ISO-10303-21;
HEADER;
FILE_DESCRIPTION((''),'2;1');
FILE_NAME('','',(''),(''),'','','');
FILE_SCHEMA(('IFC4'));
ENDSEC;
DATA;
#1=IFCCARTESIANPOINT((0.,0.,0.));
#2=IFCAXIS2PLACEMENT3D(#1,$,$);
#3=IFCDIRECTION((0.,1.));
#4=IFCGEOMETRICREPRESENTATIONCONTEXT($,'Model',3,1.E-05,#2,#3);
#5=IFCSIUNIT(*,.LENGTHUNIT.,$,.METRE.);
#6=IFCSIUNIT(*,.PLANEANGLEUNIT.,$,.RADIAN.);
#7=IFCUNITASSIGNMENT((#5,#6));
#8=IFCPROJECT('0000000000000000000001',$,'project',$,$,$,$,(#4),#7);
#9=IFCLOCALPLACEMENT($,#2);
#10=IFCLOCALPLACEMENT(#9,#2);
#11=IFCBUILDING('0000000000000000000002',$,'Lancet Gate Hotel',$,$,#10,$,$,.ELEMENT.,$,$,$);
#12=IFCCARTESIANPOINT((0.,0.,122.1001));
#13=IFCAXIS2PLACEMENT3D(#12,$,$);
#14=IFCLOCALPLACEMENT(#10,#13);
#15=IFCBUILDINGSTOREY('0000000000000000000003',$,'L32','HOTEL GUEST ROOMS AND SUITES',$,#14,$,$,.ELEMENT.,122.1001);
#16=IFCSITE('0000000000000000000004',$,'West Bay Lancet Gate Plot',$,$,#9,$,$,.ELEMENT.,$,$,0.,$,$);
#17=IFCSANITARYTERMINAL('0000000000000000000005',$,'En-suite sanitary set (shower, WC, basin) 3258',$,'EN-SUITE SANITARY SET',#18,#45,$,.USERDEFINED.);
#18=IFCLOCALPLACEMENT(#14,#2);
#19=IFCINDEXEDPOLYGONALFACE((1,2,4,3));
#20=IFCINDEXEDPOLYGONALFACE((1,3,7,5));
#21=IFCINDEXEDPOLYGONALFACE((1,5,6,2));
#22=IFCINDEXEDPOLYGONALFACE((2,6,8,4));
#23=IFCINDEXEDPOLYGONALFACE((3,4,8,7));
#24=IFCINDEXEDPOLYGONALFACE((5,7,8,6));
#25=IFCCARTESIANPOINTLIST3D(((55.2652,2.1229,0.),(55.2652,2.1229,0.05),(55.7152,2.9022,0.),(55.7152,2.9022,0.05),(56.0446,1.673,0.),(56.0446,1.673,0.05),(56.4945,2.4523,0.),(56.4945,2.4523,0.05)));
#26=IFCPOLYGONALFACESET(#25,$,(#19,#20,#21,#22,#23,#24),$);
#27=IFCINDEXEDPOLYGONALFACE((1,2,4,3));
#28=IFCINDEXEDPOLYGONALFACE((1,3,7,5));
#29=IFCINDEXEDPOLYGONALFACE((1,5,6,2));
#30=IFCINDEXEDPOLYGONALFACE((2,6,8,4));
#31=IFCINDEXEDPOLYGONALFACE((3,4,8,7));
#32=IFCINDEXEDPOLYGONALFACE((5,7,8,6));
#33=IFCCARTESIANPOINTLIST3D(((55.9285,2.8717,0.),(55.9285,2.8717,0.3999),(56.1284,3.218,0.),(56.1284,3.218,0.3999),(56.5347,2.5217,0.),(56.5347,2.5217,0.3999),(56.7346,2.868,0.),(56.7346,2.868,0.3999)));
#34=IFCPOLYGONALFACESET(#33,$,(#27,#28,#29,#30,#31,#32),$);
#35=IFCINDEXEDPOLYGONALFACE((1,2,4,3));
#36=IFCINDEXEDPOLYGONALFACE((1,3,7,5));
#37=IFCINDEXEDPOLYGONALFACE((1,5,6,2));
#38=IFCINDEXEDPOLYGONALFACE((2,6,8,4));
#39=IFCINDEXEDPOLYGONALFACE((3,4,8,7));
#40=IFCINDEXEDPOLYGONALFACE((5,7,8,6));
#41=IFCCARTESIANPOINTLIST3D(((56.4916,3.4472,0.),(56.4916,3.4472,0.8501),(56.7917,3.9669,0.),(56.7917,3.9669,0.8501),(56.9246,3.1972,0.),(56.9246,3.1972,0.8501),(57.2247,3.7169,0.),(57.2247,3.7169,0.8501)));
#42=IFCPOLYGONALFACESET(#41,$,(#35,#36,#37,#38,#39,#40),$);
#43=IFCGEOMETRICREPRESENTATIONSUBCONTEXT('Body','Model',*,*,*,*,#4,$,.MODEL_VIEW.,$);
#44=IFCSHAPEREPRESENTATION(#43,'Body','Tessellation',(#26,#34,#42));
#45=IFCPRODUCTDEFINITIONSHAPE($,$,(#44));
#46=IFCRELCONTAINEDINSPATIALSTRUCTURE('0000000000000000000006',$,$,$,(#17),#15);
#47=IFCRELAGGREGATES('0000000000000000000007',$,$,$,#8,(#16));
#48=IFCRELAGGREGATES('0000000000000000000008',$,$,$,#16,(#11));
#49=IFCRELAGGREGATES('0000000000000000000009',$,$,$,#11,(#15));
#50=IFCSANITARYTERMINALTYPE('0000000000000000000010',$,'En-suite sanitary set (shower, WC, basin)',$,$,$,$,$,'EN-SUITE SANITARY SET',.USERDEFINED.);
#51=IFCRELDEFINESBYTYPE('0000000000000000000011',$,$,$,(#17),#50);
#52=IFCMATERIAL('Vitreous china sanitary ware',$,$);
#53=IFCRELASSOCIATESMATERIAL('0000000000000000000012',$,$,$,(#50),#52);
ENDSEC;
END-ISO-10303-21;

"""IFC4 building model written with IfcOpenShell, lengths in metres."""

from ifc_helpers import new_model, si_unit, direction, frame, origin, origin_2d, place, context, subcontext, project, spatial, rectangle, extrude, material, type_object, element, save


model = new_model("IFC4")

# Units and contexts
model_context = context("Model", 3, precision=1e-05, world=origin(), true_north=direction((0.0, 1.0)))
body_context = subcontext(model_context, "Body", "Model", "MODEL_VIEW")
ifc_project = project(units=[si_unit("LENGTHUNIT", "METRE"), si_unit("PLANEANGLEUNIT", "RADIAN")], contexts=[model_context])

# Site, building, storey
site_placement = place(None, origin())
site = spatial("IfcSite", under=ifc_project, at=site_placement, Name="West Bay Lancet Gate Plot", CompositionType="ELEMENT", RefElevation=0.0)
building_placement = place(site_placement, origin())
building = spatial("IfcBuilding", under=site, at=building_placement, Name="Lancet Gate Hotel", CompositionType="ELEMENT")
storey_placement = place(building_placement, frame((0.0, 0.0, 122.1001)))
storey = spatial("IfcBuildingStorey", under=building, at=storey_placement, Name="L32", Description="HOTEL GUEST ROOMS AND SUITES", CompositionType="ELEMENT", Elevation=122.1001)

# Sanitary terminal
ifc_material_1 = material(Name="Vitreous china sanitary ware")
sanitary_terminal_type = type_object("IfcSanitaryTerminalType", Name="En-suite sanitary set (shower, WC, basin)", ElementType="EN-SUITE SANITARY SET", PredefinedType="USERDEFINED", material=ifc_material_1)
sanitary_terminal_placement = place(storey_placement, frame((55.8799, 2.2876, 0.0), z_axis=(0.0, 0.0, 1.0), x_axis=(1.0, 0.0, 0.0)))
element("IfcSanitaryTerminal", 1, at=sanitary_terminal_placement, inside=storey, type_object=sanitary_terminal_type, Name="En-suite sanitary set (shower, WC, basin) 3258", ObjectType="EN-SUITE SANITARY SET", PredefinedType="USERDEFINED", context=body_context, shape_type="SweptSolid", body=[
    extrude(rectangle(XDim=0.8999, YDim=0.8999, at=origin_2d()), frame((0.0, 0.0, 0.0), z_axis=(0.0, 0.0, 1.0), x_axis=(-0.5, -0.866025, 0.0)), (0.0, 0.0, 1.0), 0.05),
    extrude(rectangle(XDim=0.3999, YDim=0.7, at=origin_2d()), frame((0.4517, 0.5823, 0.0), z_axis=(0.0, 0.0, 1.0), x_axis=(-0.5, -0.866025, 0.0)), (0.0, 0.0, 1.0), 0.3999),
    extrude(rectangle(XDim=0.6001, YDim=0.5, at=origin_2d()), frame((0.9783, 1.2944, 0.0), z_axis=(0.0, 0.0, 1.0), x_axis=(-0.5, -0.866025, 0.0)), (0.0, 0.0, 1.0), 0.8501),
])

save(model, "model.ifc")
